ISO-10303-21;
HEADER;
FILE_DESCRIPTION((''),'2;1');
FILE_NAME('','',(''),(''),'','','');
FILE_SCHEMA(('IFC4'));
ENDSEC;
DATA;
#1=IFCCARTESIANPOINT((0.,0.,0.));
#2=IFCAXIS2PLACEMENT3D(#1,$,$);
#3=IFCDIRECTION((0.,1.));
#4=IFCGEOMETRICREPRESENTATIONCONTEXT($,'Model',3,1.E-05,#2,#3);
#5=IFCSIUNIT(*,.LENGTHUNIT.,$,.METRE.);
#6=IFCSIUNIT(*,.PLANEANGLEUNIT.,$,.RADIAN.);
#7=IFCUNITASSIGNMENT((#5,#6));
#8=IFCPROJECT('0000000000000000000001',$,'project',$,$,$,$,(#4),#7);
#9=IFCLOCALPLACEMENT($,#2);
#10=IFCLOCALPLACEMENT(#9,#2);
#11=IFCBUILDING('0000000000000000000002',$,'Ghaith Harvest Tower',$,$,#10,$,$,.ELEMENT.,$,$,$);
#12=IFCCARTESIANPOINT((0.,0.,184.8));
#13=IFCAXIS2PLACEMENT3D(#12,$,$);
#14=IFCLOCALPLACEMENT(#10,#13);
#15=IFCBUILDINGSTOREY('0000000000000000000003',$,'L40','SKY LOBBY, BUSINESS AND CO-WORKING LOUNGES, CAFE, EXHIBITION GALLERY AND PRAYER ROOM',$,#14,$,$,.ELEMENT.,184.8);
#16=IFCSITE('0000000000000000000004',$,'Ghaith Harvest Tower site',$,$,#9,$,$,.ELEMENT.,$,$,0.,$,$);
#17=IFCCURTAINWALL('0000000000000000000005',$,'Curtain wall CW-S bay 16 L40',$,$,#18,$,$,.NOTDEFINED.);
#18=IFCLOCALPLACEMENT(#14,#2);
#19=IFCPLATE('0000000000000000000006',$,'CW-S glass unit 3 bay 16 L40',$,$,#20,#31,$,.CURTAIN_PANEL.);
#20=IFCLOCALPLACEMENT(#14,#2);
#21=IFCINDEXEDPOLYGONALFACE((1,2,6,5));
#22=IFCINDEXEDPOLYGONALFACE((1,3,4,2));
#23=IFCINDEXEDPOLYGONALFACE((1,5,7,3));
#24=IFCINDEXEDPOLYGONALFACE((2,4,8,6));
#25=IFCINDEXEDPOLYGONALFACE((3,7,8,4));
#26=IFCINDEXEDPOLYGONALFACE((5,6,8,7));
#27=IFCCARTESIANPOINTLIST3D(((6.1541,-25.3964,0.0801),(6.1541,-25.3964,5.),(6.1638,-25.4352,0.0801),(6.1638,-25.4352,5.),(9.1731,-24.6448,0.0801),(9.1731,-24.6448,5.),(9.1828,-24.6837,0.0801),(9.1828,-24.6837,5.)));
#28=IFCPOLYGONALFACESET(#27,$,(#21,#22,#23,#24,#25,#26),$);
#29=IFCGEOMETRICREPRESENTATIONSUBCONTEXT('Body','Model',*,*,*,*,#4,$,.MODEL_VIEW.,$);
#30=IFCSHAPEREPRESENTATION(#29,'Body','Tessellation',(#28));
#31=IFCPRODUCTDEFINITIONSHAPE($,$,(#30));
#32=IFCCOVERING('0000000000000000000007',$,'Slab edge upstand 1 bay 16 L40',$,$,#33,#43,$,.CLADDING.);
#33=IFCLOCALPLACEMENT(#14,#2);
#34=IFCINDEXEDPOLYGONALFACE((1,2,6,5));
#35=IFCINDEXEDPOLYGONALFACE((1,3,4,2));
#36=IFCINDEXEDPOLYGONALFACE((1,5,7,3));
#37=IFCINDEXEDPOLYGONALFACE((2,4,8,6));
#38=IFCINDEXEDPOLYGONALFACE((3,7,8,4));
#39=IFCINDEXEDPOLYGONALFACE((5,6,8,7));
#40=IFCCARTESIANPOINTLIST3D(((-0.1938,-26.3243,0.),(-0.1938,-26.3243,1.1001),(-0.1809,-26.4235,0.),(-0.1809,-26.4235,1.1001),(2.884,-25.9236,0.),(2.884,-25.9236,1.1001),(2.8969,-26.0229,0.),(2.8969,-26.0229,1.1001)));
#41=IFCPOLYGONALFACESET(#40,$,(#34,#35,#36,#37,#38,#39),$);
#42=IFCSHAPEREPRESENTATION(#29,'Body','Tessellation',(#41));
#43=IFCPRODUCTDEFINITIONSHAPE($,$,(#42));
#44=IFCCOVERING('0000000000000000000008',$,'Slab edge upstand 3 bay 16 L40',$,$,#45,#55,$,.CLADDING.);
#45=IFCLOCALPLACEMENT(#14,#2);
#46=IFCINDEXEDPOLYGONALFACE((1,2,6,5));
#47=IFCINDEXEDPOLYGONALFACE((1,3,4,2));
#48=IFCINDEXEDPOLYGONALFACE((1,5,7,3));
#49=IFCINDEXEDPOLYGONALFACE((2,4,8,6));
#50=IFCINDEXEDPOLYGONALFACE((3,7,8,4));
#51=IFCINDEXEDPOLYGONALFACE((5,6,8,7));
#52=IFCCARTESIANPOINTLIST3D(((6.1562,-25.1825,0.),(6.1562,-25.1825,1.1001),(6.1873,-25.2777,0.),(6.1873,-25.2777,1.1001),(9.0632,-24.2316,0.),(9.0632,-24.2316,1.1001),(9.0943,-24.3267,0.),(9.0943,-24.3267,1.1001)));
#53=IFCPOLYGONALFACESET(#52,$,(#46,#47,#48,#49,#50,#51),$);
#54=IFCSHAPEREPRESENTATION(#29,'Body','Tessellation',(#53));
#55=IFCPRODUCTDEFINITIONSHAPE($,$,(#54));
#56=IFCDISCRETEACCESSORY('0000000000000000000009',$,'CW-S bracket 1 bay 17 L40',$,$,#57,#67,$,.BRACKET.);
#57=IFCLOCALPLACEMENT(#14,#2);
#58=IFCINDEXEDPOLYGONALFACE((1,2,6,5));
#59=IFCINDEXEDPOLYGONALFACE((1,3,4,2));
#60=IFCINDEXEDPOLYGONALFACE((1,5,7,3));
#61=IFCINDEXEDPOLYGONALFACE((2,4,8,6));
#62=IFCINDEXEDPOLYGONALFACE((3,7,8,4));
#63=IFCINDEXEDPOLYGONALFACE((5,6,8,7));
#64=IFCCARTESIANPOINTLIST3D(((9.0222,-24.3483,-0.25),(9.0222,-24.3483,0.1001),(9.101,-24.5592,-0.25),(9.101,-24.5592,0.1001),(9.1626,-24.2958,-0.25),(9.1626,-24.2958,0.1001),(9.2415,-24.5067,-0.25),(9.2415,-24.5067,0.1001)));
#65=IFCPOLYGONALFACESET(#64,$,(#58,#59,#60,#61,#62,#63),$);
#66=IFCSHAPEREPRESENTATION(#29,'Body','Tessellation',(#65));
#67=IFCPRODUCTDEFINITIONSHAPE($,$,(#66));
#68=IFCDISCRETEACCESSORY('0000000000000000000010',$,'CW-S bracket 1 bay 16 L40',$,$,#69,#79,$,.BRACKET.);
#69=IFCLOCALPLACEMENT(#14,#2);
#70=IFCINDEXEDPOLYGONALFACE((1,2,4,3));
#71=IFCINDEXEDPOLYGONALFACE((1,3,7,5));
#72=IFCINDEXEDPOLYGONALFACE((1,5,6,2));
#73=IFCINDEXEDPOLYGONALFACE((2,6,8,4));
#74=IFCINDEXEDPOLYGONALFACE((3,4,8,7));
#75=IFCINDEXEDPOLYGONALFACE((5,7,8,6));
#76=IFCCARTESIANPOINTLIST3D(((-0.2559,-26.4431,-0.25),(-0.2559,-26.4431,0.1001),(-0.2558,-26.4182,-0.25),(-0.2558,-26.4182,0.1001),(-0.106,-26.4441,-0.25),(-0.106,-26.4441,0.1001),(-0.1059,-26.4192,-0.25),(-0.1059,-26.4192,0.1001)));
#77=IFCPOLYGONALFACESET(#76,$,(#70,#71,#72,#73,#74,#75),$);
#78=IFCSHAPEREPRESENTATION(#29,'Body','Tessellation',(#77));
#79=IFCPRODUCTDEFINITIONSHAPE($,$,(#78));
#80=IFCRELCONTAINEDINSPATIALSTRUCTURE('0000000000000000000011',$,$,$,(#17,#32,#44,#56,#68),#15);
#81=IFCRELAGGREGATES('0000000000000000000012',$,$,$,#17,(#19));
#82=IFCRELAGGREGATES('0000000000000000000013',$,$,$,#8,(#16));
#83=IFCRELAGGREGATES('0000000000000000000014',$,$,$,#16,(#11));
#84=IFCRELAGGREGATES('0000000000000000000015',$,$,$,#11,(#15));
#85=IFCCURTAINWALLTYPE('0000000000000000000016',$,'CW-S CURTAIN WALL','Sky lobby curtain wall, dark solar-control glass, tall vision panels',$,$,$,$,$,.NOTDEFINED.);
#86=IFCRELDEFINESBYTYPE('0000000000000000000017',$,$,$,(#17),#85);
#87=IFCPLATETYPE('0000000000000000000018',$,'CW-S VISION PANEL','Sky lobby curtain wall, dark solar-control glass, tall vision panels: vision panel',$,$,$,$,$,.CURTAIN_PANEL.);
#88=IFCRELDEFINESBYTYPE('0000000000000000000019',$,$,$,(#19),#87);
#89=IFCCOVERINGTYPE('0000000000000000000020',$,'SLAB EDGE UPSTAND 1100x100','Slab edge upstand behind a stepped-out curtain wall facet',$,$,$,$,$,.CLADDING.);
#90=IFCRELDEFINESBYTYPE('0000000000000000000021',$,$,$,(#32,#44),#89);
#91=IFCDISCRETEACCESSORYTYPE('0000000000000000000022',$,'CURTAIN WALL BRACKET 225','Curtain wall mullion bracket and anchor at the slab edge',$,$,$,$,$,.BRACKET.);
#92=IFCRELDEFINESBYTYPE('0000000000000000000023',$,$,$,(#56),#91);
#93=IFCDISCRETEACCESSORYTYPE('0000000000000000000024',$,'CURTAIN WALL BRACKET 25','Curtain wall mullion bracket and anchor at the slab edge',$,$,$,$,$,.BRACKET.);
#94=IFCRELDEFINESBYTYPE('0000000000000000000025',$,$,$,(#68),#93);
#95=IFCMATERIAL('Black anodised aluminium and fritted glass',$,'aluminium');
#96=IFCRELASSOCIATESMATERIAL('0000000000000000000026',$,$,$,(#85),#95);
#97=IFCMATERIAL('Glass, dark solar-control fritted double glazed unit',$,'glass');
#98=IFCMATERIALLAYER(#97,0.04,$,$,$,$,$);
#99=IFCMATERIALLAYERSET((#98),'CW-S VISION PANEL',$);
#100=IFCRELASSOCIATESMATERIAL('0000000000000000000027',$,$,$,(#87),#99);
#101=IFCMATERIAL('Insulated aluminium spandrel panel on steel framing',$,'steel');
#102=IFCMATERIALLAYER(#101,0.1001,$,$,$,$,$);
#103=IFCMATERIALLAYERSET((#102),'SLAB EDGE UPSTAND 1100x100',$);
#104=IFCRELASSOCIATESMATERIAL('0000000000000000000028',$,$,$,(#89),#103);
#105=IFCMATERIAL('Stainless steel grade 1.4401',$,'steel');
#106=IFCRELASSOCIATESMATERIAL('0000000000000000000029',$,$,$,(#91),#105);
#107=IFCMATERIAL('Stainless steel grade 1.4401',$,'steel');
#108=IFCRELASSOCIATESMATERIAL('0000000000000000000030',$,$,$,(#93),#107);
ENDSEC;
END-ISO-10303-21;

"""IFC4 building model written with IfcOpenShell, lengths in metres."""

from ifc_helpers import new_model, si_unit, direction, frame, origin, origin_2d, place, context, subcontext, project, spatial, rectangle, extrude, material, layer, layer_set, type_object, element, aggregate, save


model = new_model("IFC4")

# Units and contexts
model_context = context("Model", 3, precision=1e-05, world=origin(), true_north=direction((0.0, 1.0)))
body_context = subcontext(model_context, "Body", "Model", "MODEL_VIEW")
ifc_project = project(units=[si_unit("LENGTHUNIT", "METRE"), si_unit("PLANEANGLEUNIT", "RADIAN")], contexts=[model_context])

# Site, building, storey
site_placement = place(None, origin())
site = spatial("IfcSite", under=ifc_project, at=site_placement, Name="Ghaith Harvest Tower site", CompositionType="ELEMENT", RefElevation=0.0)
building_placement = place(site_placement, origin())
building = spatial("IfcBuilding", under=site, at=building_placement, Name="Ghaith Harvest Tower", CompositionType="ELEMENT")
storey_placement = place(building_placement, frame((0.0, 0.0, 184.8)))
storey = spatial("IfcBuildingStorey", under=building, at=storey_placement, Name="L40", Description="SKY LOBBY, BUSINESS AND CO-WORKING LOUNGES, CAFE, EXHIBITION GALLERY AND PRAYER ROOM", CompositionType="ELEMENT", Elevation=184.8)

# Curtain wall
ifc_material_1 = material(Name="Black anodised aluminium and fritted glass", Category="aluminium")
curtain_wall_type = type_object("IfcCurtainWallType", Name="CW-S CURTAIN WALL", Description="Sky lobby curtain wall, dark solar-control glass, tall vision panels", PredefinedType="NOTDEFINED", material=ifc_material_1)
curtain_wall_1_placement = place(storey_placement, origin())
curtain_wall_1 = element("IfcCurtainWall", 1, at=curtain_wall_1_placement, inside=storey, type_object=curtain_wall_type, Name="Curtain wall CW-S bay 16 L40", PredefinedType="NOTDEFINED")

# Plate
ifc_material_2 = material(Name="Glass, dark solar-control fritted double glazed unit", Category="glass")
ifc_layer_1 = layer(ifc_material_2, 0.04)
ifc_layer_set_1 = layer_set([ifc_layer_1], Name="CW-S VISION PANEL")
plate_type = type_object("IfcPlateType", Name="CW-S VISION PANEL", Description="Sky lobby curtain wall, dark solar-control glass, tall vision panels: vision panel", PredefinedType="CURTAIN_PANEL", material=ifc_layer_set_1)
plate_1_placement = place(storey_placement, frame((7.6685, -25.04, 0.0801), z_axis=(0.0, 0.0, 1.0), x_axis=(0.970384, 0.241566, 0.0)))
plate_1 = element("IfcPlate", 2, at=plate_1_placement, type_object=plate_type, Name="CW-S glass unit 3 bay 16 L40", PredefinedType="CURTAIN_PANEL", context=body_context, shape_type="SweptSolid", body=[
    extrude(rectangle(XDim=3.1111, YDim=0.04, at=origin_2d()), origin(), (0.0, 0.0, 1.0), 4.9199),
])
aggregate(curtain_wall_1, [plate_1])

# Coverings
ifc_material_3 = material(Name="Insulated aluminium spandrel panel on steel framing", Category="steel")
ifc_layer_2 = layer(ifc_material_3, 0.1001)
ifc_layer_set_2 = layer_set([ifc_layer_2], Name="SLAB EDGE UPSTAND 1100x100")
covering_type = type_object("IfcCoveringType", Name="SLAB EDGE UPSTAND 1100x100", Description="Slab edge upstand behind a stepped-out curtain wall facet", PredefinedType="CLADDING", material=ifc_layer_set_2)
covering_1_placement = place(storey_placement, frame((1.3516, -26.1736, 0.0), z_axis=(0.0, 0.0, 1.0), x_axis=(0.991634, 0.129084, 0.0)))
element("IfcCovering", 3, at=covering_1_placement, inside=storey, type_object=covering_type, Name="Slab edge upstand 1 bay 16 L40", PredefinedType="CLADDING", context=body_context, shape_type="SweptSolid", body=[
    extrude(rectangle(XDim=3.1038, YDim=0.1001, at=origin_2d()), origin(), (0.0, 0.0, 1.0), 1.1001),
])
covering_2_placement = place(storey_placement, frame((7.6252, -24.7546, 0.0), z_axis=(0.0, 0.0, 1.0), x_axis=(0.950441, 0.310904, 0.0)))
element("IfcCovering", 4, at=covering_2_placement, inside=storey, type_object=covering_type, Name="Slab edge upstand 3 bay 16 L40", PredefinedType="CLADDING", context=body_context, shape_type="SweptSolid", body=[
    extrude(rectangle(XDim=3.0586, YDim=0.1001, at=origin_2d()), origin(), (0.0, 0.0, 1.0), 1.1001),
])

# Discrete accessories
ifc_material_4 = material(Name="Stainless steel grade 1.4401", Category="steel")
discrete_accessory_type_1 = type_object("IfcDiscreteAccessoryType", Name="CURTAIN WALL BRACKET 225", Description="Curtain wall mullion bracket and anchor at the slab edge", PredefinedType="BRACKET", material=ifc_material_4)
discrete_accessory_1_placement = place(storey_placement, frame((9.1318, -24.4275, -0.25), z_axis=(0.0, 0.0, 1.0), x_axis=(0.350168, -0.936687, 0.0)))
element("IfcDiscreteAccessory", 5, at=discrete_accessory_1_placement, inside=storey, type_object=discrete_accessory_type_1, Name="CW-S bracket 1 bay 17 L40", PredefinedType="BRACKET", context=body_context, shape_type="SweptSolid", body=[
    extrude(rectangle(XDim=0.2251, YDim=0.1499, at=origin_2d()), origin(), (0.0, 0.0, 1.0), 0.3501),
])
ifc_material_5 = material(Name="Stainless steel grade 1.4401", Category="steel")
discrete_accessory_type_2 = type_object("IfcDiscreteAccessoryType", Name="CURTAIN WALL BRACKET 25", Description="Curtain wall mullion bracket and anchor at the slab edge", PredefinedType="BRACKET", material=ifc_material_5)
discrete_accessory_2_placement = place(storey_placement, frame((-0.1809, -26.4312, -0.25), z_axis=(0.0, 0.0, 1.0), x_axis=(-0.006844, -0.999977, 0.0)))
element("IfcDiscreteAccessory", 6, at=discrete_accessory_2_placement, inside=storey, type_object=discrete_accessory_type_2, Name="CW-S bracket 1 bay 16 L40", PredefinedType="BRACKET", context=body_context, shape_type="SweptSolid", body=[
    extrude(rectangle(XDim=0.0249, YDim=0.1499, at=origin_2d()), origin(), (0.0, 0.0, 1.0), 0.3501),
])

save(model, "model.ifc")
